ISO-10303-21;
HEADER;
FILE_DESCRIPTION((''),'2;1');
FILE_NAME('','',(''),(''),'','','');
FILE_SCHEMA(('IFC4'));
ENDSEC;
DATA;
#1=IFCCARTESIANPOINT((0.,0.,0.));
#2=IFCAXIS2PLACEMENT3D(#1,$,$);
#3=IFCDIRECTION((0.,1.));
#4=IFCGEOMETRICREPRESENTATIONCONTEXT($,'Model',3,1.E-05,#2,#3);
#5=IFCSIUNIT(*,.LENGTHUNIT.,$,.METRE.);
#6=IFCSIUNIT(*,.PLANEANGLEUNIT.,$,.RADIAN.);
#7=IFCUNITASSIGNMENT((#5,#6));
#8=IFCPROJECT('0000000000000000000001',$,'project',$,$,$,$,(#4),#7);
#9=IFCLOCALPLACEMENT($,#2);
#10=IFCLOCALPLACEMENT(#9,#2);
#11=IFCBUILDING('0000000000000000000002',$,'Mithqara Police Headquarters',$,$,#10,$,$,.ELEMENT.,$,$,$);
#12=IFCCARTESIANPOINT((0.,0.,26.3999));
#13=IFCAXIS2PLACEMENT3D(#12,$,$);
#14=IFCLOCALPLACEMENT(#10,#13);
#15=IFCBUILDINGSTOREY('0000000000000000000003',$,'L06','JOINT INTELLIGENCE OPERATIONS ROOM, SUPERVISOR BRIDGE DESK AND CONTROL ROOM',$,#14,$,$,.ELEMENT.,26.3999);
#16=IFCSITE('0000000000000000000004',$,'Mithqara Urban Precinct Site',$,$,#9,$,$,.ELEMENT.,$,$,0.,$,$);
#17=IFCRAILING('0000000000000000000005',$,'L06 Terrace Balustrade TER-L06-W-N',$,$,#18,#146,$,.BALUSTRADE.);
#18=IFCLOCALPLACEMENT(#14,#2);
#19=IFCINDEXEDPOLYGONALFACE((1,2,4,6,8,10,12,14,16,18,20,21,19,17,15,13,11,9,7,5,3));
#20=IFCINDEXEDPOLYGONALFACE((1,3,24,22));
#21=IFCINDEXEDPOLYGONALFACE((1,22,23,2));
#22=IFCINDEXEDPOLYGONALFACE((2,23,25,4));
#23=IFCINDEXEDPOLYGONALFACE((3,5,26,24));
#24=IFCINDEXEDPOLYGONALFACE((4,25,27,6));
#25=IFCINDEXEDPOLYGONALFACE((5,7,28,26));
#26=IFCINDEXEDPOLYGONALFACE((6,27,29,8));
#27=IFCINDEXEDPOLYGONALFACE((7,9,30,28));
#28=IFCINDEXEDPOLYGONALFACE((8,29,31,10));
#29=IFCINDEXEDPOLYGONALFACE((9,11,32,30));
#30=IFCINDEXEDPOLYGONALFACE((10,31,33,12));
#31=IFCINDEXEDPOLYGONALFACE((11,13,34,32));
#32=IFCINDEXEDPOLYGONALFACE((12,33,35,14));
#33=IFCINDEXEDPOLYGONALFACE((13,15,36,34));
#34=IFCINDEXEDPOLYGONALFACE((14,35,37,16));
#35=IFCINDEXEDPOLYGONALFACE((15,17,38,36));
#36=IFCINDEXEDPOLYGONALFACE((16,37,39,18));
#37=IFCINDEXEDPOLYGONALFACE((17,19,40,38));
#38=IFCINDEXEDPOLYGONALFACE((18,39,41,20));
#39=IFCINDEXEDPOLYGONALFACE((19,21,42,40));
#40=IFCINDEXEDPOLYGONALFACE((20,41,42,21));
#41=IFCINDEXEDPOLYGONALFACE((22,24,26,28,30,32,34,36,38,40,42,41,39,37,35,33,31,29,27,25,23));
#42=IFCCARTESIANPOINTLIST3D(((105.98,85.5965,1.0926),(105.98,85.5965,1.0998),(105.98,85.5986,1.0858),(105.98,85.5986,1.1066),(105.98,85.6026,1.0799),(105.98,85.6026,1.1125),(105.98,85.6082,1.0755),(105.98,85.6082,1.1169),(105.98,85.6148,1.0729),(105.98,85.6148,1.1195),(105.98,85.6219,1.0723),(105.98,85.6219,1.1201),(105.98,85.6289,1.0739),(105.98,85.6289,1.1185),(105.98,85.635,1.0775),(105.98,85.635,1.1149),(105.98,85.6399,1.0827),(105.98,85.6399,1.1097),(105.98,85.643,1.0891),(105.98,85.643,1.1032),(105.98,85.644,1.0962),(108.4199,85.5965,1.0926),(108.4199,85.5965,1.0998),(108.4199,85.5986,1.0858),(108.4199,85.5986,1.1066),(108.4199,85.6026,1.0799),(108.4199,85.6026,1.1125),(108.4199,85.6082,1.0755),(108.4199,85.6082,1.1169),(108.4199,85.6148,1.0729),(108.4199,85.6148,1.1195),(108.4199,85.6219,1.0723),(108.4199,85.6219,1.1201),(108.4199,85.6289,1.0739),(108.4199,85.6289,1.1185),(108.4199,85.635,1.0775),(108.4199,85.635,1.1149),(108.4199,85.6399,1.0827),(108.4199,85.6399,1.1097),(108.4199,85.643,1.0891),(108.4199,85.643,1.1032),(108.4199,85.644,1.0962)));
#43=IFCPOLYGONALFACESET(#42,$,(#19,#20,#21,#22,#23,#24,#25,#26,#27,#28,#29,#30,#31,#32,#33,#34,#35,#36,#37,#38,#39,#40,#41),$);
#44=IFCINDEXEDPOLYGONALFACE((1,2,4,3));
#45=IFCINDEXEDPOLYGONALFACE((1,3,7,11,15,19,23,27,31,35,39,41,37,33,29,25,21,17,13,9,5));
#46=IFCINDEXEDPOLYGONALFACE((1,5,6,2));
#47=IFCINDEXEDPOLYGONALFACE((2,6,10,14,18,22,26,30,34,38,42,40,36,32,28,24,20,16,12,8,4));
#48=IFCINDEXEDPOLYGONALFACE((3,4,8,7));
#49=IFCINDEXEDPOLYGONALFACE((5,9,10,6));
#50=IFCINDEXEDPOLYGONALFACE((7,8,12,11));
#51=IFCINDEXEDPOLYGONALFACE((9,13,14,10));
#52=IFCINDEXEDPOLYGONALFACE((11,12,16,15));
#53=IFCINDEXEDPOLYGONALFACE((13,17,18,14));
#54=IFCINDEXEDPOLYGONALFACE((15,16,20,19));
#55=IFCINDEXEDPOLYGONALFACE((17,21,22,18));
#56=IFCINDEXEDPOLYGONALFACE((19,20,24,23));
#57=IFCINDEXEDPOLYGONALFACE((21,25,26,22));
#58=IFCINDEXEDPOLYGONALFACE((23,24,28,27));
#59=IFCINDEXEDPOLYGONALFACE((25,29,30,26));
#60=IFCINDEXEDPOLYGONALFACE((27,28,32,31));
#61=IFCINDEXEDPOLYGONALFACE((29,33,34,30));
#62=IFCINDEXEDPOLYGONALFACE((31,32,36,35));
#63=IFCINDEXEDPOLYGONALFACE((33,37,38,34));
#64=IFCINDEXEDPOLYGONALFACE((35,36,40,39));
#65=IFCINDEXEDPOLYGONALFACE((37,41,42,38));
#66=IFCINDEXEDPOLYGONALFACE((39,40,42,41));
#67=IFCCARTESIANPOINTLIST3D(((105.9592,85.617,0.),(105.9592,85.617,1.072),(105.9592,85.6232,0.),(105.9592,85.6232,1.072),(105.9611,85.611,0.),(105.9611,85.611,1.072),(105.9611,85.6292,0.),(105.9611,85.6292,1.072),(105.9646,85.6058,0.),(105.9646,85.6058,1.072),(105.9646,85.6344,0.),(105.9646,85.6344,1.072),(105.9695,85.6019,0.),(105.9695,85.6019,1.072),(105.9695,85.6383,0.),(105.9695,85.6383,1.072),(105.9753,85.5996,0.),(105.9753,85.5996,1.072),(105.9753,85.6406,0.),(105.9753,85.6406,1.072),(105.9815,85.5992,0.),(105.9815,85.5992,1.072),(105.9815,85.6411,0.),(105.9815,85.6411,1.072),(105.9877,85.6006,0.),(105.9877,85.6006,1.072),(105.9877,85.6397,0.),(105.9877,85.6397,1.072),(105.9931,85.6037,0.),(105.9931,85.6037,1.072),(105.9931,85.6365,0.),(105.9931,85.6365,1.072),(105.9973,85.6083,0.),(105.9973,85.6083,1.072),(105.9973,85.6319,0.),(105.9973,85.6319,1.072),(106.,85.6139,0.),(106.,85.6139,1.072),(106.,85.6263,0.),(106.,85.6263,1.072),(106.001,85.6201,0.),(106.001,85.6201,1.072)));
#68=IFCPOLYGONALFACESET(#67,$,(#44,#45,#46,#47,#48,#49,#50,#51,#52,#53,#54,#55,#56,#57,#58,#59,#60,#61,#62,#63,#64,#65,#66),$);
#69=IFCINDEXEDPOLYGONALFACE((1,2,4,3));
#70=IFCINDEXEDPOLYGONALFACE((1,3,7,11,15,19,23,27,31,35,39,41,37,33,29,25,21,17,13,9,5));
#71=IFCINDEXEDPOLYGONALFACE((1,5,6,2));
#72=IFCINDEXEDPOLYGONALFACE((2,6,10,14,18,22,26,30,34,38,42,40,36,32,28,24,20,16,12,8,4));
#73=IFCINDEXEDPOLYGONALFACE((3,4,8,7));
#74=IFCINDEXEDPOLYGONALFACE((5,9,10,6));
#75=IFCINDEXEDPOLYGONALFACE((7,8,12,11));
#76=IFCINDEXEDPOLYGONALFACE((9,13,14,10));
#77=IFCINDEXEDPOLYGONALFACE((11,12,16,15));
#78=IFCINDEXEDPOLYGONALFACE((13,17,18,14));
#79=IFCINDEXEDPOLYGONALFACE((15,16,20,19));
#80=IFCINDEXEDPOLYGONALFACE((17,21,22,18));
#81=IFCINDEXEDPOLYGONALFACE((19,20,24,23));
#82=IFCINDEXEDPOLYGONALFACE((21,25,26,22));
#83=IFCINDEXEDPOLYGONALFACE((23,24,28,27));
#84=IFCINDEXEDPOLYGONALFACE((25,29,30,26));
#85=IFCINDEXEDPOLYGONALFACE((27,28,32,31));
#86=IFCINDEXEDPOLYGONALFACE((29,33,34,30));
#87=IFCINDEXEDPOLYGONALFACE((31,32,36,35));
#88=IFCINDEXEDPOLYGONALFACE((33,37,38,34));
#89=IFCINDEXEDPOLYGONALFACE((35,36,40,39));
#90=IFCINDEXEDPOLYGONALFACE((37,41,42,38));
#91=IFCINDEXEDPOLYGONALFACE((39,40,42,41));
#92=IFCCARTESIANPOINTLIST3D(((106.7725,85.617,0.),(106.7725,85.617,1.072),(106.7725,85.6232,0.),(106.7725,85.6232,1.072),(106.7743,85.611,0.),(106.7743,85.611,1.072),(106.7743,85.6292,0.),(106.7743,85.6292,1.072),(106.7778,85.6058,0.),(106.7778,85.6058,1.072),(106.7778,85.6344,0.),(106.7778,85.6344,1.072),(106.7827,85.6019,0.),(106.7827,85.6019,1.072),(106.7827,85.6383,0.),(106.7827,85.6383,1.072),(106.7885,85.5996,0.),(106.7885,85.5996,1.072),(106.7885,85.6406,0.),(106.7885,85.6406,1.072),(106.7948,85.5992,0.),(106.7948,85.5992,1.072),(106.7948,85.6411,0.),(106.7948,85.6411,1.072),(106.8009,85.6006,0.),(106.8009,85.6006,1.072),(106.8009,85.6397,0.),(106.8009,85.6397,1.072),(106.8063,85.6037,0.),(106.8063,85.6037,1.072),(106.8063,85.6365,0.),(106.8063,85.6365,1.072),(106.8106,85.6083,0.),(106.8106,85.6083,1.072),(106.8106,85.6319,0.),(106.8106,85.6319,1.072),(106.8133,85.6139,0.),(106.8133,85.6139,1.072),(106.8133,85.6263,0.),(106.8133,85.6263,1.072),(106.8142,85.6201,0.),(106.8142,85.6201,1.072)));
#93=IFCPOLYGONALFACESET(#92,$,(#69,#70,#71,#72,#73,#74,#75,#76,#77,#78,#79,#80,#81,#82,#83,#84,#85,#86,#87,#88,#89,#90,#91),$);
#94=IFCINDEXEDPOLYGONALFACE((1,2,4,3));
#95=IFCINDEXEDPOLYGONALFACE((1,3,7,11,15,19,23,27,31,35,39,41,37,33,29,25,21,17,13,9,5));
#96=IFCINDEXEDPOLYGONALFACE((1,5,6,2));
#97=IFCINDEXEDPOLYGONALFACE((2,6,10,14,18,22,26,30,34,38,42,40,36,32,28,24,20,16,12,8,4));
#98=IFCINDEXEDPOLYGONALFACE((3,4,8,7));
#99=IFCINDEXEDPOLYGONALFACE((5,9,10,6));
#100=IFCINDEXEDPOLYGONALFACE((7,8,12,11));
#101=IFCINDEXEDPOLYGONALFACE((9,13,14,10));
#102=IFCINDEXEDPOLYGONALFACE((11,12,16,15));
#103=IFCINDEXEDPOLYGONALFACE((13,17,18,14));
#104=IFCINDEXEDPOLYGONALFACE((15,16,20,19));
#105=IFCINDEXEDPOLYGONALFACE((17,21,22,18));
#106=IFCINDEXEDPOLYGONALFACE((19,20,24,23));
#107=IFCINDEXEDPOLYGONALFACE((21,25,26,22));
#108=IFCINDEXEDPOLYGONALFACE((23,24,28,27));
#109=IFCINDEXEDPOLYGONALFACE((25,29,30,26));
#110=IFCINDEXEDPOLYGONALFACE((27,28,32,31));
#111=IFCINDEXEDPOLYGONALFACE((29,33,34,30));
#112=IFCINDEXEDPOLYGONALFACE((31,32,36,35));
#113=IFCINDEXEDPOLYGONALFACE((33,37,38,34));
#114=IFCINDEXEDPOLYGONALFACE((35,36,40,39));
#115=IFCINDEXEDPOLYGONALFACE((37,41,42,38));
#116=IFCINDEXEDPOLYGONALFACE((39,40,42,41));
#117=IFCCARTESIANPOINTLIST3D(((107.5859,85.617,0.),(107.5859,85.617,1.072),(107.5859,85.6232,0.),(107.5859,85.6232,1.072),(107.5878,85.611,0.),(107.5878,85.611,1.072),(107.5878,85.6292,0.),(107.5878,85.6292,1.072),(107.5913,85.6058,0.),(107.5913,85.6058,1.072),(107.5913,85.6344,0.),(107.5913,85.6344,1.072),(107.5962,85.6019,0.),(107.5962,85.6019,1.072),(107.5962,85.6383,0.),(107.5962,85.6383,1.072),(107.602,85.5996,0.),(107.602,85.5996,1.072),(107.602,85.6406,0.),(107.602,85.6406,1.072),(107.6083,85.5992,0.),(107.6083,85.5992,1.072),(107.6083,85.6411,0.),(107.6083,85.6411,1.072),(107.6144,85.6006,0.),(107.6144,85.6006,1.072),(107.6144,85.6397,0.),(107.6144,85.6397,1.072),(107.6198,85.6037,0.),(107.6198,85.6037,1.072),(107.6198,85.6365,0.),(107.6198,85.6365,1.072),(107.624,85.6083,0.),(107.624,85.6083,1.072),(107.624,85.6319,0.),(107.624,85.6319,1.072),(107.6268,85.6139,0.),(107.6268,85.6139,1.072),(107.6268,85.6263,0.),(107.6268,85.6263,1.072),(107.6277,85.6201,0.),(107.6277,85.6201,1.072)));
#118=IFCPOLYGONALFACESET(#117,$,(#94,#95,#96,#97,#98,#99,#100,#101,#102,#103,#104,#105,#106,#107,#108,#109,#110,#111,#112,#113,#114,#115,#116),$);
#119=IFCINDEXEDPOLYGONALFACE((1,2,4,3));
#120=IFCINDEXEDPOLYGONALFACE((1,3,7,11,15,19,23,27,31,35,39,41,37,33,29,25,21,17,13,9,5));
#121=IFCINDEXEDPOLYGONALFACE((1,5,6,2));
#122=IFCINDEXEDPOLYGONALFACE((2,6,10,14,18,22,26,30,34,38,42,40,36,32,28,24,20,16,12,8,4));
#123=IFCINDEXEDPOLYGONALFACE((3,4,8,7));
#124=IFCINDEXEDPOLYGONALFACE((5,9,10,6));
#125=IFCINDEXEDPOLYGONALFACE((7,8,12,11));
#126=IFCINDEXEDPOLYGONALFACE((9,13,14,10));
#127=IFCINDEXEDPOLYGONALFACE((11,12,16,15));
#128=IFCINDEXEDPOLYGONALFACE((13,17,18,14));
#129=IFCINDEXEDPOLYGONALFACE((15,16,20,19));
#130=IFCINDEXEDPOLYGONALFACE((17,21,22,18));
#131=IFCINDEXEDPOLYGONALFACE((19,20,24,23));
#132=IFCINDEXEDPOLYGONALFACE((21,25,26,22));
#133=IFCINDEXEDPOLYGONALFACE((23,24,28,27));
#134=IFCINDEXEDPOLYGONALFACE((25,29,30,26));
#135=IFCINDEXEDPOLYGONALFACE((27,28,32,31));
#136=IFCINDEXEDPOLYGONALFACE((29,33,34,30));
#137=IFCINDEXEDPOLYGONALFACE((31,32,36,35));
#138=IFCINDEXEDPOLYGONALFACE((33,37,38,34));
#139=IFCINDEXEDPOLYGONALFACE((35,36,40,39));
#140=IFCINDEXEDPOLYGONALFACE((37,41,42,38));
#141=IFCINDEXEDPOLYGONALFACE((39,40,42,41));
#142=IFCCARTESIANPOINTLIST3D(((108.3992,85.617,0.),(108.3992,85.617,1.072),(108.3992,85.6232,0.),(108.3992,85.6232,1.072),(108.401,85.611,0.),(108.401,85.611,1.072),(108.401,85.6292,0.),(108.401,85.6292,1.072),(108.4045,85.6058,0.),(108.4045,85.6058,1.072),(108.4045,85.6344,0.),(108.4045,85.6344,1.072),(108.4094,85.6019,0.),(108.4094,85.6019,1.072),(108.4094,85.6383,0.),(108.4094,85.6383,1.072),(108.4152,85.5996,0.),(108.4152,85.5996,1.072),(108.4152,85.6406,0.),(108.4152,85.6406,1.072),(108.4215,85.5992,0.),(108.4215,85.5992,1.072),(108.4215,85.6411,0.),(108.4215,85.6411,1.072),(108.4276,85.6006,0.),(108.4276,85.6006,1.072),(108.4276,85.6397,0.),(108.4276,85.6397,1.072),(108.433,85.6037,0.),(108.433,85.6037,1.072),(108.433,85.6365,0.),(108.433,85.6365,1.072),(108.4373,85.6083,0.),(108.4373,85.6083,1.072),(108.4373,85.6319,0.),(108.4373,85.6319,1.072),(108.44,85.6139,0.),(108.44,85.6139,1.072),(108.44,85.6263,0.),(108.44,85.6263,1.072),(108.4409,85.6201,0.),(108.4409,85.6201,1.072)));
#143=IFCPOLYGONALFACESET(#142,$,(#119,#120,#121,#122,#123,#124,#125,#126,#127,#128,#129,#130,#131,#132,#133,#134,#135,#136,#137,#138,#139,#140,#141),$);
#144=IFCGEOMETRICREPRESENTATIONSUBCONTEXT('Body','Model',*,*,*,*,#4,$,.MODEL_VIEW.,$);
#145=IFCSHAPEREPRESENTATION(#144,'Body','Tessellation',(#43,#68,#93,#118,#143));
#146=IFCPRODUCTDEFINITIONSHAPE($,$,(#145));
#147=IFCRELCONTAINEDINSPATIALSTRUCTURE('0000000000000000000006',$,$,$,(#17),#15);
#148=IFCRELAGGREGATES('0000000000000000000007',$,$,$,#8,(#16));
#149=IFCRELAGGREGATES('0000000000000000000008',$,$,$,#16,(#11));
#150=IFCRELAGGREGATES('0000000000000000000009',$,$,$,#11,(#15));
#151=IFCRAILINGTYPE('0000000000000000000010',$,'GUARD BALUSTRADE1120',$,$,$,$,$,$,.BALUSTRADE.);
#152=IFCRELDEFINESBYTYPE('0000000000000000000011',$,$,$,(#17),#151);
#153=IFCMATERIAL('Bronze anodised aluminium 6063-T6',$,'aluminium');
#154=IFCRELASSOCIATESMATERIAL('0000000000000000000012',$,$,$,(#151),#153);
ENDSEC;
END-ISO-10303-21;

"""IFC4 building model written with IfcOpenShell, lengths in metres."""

from ifc_helpers import new_model, si_unit, direction, frame, origin, origin_2d, place, context, subcontext, project, spatial, circle, extrude, material, type_object, element, save


model = new_model("IFC4")

# Units and contexts
model_context = context("Model", 3, precision=1e-05, world=origin(), true_north=direction((0.0, 1.0)))
body_context = subcontext(model_context, "Body", "Model", "MODEL_VIEW")
ifc_project = project(units=[si_unit("LENGTHUNIT", "METRE"), si_unit("PLANEANGLEUNIT", "RADIAN")], contexts=[model_context])

# Site, building, storey
site_placement = place(None, origin())
site = spatial("IfcSite", under=ifc_project, at=site_placement, Name="Mithqara Urban Precinct Site", CompositionType="ELEMENT", RefElevation=0.0)
building_placement = place(site_placement, origin())
building = spatial("IfcBuilding", under=site, at=building_placement, Name="Mithqara Police Headquarters", CompositionType="ELEMENT")
storey_placement = place(building_placement, frame((0.0, 0.0, 26.3999)))
storey = spatial("IfcBuildingStorey", under=building, at=storey_placement, Name="L06", Description="JOINT INTELLIGENCE OPERATIONS ROOM, SUPERVISOR BRIDGE DESK AND CONTROL ROOM", CompositionType="ELEMENT", Elevation=26.3999)

# Shared definitions
ifc_material_1 = material(Name="Bronze anodised aluminium 6063-T6", Category="aluminium")

# Railing
railing_type = type_object("IfcRailingType", Name="GUARD BALUSTRADE1120", PredefinedType="BALUSTRADE", material=ifc_material_1)
for number, where, name in (
    (1, (105.98, 85.6201, 0.0), "L06 Terrace Balustrade TER-L06-W-N"),
):
    element("IfcRailing", number, at=place(storey_placement, frame(where)), inside=storey, type_object=railing_type, Name=name, PredefinedType="BALUSTRADE", context=body_context, shape_type="SweptSolid", body=[
        extrude(circle(Radius=0.0239, at=origin_2d()), frame((0.0, 0.0, 1.0962), z_axis=(1.0, 0.0, 0.0), x_axis=(0.0, 1.0, 0.0)), (0.0, 0.0, 1.0), 2.4399),
        extrude(circle(Radius=0.021, at=origin_2d()), origin(), (0.0, 0.0, 1.0), 1.072),
        extrude(circle(Radius=0.021, at=origin_2d()), frame((0.8132, 0.0, 0.0)), (0.0, 0.0, 1.0), 1.072),
        extrude(circle(Radius=0.021, at=origin_2d()), frame((1.6267, 0.0, 0.0)), (0.0, 0.0, 1.0), 1.072),
        extrude(circle(Radius=0.021, at=origin_2d()), frame((2.4399, 0.0, 0.0)), (0.0, 0.0, 1.0), 1.072),
    ])

save(model, "model.ifc")
